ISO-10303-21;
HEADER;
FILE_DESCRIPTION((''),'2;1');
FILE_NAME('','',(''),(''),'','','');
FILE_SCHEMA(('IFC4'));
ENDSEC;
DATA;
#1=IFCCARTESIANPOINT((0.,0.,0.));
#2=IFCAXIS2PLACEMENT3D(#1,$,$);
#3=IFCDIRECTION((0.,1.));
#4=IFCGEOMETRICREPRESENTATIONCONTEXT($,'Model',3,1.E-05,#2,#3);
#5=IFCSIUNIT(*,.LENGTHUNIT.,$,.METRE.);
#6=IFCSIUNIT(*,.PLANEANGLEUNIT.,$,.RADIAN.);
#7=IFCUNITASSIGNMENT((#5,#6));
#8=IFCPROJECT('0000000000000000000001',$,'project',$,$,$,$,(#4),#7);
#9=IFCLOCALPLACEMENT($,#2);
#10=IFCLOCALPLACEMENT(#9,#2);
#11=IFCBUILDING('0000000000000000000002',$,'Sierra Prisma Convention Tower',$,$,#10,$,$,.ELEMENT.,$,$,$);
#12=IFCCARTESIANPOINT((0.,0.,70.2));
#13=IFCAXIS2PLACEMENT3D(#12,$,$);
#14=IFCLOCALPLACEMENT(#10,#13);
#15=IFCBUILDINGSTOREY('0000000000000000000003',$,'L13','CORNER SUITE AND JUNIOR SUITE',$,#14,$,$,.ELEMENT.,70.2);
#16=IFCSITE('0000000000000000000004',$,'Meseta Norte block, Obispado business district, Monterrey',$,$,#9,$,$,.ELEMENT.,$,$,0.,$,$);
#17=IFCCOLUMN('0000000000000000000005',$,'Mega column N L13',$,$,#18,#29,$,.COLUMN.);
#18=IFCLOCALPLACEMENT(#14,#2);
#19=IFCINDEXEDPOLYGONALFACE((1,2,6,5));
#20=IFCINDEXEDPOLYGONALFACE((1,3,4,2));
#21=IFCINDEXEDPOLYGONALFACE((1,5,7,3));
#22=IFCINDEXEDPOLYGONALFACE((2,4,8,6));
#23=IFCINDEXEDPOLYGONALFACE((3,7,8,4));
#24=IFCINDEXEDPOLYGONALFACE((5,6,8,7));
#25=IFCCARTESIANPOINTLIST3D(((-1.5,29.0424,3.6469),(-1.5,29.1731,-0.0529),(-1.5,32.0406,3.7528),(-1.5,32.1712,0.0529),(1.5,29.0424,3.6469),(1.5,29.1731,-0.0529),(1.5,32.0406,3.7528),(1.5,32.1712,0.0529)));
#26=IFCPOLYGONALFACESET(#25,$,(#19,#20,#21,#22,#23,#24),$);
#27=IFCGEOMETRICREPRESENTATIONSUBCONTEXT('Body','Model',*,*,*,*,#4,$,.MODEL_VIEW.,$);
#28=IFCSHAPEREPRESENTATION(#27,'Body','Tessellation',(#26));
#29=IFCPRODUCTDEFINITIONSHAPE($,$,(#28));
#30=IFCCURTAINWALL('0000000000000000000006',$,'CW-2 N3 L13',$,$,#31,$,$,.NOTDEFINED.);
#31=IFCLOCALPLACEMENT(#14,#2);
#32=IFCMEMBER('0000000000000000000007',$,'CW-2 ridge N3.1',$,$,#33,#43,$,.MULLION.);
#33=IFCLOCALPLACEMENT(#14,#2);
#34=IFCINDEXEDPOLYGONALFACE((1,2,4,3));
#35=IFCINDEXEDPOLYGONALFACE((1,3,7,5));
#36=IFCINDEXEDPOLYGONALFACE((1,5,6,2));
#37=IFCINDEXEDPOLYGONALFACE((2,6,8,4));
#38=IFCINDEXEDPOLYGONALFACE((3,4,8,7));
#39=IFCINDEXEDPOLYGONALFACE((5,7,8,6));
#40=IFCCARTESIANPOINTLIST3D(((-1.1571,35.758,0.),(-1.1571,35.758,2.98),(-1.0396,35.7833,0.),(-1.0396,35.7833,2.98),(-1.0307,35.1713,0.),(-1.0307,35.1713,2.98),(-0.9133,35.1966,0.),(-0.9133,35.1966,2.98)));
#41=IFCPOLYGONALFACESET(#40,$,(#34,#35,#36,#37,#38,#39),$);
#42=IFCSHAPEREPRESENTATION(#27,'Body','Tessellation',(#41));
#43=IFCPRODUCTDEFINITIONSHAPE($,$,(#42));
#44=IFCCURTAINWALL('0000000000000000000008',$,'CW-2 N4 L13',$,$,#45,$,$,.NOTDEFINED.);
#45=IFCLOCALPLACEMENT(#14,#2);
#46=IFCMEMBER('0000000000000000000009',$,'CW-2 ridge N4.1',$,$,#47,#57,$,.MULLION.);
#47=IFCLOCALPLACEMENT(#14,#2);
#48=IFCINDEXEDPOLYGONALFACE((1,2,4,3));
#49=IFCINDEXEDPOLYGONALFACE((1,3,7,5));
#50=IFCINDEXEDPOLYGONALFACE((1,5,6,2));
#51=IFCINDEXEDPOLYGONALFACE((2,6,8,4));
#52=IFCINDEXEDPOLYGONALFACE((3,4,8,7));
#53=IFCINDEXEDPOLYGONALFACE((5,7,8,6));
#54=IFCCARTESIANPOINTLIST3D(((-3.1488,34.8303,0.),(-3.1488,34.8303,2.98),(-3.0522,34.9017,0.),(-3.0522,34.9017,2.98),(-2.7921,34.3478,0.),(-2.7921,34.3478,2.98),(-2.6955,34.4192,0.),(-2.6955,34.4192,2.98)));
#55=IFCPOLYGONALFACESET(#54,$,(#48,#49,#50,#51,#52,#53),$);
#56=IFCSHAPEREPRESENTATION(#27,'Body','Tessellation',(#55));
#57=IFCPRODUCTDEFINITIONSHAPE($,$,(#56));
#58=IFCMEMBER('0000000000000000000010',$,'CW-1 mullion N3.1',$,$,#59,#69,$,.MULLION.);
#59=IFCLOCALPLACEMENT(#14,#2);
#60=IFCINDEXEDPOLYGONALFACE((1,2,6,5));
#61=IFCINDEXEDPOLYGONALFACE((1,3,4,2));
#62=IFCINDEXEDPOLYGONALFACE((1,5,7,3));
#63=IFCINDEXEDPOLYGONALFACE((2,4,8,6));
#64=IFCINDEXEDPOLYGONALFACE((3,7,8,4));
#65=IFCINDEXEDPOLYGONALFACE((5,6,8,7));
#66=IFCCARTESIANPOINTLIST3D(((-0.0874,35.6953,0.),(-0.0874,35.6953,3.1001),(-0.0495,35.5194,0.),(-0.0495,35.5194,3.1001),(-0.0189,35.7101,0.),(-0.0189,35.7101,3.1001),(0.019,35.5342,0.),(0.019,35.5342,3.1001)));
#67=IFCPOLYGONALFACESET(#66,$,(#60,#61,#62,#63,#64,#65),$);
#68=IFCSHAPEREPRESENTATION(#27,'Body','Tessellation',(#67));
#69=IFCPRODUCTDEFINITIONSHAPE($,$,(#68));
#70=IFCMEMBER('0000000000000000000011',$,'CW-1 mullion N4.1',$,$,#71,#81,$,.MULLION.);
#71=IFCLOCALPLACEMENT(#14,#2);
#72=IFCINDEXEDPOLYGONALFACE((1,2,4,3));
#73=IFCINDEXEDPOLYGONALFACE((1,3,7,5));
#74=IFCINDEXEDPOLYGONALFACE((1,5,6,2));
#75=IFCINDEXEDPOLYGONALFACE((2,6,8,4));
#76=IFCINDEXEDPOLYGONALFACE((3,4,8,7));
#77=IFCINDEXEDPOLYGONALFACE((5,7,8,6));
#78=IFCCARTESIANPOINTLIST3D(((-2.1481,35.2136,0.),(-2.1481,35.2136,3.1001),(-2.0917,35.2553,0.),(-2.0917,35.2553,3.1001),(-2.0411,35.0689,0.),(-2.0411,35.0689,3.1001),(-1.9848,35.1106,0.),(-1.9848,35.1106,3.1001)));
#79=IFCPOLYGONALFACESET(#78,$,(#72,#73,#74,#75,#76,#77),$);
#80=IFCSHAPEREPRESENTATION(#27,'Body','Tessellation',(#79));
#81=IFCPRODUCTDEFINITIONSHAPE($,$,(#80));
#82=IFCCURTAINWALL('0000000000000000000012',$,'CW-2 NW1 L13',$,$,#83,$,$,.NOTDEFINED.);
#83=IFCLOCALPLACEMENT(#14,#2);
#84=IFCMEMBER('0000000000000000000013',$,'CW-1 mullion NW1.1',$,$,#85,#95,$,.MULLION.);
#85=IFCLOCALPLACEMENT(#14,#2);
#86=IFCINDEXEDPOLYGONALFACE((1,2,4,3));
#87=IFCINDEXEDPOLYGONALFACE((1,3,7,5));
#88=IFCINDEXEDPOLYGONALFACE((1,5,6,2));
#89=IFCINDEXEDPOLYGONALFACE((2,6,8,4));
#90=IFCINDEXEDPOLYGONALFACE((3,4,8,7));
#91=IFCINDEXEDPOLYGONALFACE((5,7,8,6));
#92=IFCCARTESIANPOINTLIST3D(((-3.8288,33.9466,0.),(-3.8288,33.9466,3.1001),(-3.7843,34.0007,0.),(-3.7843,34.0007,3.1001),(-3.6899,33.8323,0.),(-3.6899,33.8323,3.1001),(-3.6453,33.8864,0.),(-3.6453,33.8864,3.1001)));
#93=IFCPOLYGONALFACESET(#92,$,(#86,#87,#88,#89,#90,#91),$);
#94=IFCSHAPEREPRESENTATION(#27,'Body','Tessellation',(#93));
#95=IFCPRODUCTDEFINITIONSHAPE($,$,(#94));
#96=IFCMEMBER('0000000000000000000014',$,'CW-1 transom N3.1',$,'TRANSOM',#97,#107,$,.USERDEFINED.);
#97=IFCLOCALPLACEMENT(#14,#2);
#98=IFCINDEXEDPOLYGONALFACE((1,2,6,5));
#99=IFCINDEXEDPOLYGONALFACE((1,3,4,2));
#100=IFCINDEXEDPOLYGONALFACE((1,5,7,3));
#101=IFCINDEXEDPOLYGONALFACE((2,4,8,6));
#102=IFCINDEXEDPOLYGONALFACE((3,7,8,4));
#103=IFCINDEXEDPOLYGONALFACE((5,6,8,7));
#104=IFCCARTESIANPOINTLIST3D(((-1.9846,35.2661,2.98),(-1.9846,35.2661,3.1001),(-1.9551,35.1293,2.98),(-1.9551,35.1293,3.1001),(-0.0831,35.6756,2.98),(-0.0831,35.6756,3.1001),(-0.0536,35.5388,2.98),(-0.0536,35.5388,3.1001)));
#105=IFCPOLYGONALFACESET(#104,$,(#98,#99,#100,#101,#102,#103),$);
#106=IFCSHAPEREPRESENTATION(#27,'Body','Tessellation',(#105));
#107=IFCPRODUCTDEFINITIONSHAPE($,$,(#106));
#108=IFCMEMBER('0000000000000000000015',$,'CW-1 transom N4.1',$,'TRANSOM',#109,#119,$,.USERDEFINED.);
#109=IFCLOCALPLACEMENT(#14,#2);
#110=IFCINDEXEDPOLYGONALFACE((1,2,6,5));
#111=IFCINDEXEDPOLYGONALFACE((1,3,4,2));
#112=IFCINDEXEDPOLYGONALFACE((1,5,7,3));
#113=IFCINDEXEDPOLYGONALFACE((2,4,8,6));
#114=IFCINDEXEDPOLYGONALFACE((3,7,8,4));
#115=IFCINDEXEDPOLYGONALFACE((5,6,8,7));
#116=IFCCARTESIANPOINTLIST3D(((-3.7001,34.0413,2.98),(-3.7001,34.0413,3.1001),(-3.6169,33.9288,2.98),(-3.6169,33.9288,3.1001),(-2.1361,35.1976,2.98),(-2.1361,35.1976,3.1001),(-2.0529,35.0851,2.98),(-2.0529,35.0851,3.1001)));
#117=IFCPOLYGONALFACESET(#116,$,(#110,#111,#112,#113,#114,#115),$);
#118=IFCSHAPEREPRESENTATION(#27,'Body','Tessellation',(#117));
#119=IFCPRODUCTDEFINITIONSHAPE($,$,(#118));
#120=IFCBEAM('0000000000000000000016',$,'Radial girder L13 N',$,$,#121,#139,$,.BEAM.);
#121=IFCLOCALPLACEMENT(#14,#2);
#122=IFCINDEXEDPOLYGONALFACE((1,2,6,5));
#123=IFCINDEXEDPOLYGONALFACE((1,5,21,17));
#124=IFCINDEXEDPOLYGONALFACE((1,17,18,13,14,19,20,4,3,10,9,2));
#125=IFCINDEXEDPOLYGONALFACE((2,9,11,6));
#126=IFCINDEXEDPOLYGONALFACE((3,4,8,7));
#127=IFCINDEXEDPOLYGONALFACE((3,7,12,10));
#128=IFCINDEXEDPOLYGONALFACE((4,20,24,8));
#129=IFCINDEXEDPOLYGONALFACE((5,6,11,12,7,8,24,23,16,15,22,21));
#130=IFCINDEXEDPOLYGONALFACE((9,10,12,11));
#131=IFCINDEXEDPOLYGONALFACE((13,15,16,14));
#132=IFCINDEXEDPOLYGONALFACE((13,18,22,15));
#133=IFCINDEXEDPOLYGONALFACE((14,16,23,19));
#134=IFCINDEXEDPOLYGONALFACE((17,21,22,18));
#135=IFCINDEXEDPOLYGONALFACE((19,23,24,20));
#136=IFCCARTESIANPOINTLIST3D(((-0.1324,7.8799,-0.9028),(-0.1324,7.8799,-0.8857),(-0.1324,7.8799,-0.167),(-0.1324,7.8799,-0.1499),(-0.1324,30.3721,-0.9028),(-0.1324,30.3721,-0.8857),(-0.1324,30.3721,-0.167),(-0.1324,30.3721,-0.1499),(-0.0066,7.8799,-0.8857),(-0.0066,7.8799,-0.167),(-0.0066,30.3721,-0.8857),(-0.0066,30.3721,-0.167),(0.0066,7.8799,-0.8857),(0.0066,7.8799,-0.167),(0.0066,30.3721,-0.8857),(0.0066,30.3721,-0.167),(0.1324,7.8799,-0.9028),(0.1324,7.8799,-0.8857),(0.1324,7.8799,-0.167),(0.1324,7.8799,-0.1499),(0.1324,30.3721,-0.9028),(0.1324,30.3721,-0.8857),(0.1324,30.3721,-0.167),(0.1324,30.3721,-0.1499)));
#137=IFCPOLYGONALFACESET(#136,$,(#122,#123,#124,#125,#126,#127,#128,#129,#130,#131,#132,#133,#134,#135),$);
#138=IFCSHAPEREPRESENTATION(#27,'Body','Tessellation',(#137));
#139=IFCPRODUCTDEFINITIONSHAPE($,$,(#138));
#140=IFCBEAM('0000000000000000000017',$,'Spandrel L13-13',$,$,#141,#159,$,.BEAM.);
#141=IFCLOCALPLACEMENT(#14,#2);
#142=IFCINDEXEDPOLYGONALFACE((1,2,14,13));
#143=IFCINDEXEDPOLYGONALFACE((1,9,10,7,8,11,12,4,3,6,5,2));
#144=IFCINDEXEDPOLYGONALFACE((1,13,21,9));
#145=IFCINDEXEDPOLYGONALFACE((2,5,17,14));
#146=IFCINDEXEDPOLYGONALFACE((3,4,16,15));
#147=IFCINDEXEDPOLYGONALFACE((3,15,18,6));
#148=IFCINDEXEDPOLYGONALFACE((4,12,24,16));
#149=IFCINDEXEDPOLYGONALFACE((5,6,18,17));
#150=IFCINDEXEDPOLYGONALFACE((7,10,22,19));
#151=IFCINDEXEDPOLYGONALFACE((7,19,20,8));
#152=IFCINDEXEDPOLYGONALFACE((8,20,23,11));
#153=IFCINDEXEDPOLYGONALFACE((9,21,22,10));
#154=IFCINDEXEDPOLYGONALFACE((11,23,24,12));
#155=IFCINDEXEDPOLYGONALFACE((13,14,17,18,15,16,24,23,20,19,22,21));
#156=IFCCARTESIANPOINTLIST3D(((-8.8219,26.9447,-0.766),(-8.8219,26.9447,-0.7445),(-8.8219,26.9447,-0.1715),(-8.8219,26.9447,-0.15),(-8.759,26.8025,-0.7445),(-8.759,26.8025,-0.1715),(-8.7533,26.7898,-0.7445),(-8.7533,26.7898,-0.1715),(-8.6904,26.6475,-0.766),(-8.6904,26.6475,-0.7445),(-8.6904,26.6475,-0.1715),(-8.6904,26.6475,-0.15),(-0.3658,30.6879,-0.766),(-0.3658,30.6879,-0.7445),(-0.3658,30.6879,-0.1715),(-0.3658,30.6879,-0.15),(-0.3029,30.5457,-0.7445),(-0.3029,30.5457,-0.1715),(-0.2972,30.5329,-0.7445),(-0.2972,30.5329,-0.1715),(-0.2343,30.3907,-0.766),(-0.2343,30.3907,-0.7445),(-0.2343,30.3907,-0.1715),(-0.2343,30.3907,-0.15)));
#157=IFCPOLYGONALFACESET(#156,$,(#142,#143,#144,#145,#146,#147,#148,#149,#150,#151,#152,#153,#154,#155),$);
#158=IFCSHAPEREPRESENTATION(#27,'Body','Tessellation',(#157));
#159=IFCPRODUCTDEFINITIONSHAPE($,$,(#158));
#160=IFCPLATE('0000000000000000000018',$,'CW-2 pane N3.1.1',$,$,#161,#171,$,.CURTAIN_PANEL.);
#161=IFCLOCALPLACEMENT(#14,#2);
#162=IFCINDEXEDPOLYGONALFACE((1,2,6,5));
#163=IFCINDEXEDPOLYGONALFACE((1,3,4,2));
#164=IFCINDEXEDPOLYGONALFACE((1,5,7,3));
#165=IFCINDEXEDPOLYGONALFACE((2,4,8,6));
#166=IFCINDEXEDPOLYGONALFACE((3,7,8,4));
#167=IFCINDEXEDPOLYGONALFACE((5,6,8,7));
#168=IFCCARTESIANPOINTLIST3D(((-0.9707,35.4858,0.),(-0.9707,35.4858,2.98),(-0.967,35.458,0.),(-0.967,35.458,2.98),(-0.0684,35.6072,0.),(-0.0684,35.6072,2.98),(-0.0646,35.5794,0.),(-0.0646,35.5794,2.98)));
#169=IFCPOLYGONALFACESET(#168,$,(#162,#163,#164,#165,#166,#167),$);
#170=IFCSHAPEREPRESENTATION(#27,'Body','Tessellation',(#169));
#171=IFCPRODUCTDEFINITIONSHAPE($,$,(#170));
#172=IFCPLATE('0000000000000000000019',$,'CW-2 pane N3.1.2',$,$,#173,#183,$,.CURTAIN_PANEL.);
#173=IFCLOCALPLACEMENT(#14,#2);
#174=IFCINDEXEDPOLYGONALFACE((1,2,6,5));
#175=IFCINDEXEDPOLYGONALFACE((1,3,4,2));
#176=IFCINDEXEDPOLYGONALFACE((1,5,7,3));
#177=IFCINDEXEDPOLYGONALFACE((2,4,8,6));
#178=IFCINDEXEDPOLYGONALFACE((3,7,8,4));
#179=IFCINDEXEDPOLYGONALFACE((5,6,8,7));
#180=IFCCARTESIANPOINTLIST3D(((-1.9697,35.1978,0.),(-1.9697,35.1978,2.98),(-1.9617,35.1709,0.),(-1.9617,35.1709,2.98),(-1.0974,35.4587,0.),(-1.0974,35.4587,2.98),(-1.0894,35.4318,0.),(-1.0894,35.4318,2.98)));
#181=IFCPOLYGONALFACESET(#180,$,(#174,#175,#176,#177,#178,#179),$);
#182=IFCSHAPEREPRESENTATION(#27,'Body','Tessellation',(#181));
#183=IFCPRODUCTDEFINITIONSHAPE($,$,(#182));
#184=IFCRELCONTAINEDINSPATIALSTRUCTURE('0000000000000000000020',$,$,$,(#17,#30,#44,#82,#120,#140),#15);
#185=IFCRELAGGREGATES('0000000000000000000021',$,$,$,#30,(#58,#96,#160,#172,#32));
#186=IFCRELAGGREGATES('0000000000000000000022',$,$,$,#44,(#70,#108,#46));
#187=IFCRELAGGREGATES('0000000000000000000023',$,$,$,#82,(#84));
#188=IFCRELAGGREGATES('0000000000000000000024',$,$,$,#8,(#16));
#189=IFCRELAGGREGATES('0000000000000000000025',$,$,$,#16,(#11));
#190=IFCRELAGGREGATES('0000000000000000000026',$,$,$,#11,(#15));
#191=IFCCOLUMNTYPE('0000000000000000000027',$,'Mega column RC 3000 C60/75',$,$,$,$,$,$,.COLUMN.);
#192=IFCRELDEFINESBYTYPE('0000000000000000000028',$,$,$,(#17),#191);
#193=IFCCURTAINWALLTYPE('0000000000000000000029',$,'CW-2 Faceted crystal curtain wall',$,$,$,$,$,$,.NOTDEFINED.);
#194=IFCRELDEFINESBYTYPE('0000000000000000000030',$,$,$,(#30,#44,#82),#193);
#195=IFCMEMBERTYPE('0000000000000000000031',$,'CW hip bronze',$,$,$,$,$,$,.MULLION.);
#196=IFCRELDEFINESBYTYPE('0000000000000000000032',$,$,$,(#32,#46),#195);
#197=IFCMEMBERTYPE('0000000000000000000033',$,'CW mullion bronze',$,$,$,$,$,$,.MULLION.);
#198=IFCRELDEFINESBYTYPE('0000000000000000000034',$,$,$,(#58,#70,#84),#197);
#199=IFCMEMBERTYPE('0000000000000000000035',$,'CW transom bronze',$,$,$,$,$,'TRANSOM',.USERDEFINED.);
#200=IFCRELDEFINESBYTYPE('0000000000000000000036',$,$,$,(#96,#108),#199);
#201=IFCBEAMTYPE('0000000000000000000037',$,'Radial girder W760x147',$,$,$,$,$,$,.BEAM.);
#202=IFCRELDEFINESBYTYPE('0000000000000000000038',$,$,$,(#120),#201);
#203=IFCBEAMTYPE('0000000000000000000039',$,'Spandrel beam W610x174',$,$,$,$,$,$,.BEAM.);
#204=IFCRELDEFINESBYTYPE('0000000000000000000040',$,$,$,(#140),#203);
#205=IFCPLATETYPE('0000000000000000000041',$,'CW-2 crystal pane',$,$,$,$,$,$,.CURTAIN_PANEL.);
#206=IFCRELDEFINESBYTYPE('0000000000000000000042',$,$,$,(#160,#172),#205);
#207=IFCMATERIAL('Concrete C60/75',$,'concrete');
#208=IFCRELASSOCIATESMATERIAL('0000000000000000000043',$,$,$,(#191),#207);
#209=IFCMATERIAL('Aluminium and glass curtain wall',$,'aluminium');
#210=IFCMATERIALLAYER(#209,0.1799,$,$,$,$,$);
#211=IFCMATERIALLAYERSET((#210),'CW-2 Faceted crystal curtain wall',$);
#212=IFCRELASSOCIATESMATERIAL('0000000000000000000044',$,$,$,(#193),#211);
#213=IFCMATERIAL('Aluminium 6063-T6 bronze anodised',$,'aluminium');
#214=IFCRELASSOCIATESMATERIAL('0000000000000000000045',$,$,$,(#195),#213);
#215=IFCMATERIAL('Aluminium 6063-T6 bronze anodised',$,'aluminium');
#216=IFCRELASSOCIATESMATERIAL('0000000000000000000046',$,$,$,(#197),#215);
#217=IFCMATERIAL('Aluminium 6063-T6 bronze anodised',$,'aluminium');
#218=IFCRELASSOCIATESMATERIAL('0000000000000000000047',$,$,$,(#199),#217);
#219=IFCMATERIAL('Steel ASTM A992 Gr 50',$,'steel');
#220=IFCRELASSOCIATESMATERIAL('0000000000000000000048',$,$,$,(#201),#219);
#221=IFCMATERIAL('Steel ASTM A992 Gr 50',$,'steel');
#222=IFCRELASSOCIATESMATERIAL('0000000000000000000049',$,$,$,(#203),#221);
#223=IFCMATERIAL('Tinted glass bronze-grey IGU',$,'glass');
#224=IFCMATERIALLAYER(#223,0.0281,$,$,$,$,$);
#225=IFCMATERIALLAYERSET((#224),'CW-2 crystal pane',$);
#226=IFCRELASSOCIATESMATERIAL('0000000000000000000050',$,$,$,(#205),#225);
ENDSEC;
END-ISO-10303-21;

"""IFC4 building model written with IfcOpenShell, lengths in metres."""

from ifc_helpers import new_model, si_unit, direction, frame, origin, origin_2d, place, context, subcontext, project, spatial, polyline, rectangle, i_section, outline, extrude, material, layer, layer_set, material_profile, profile_set, type_object, element, aggregate, save


model = new_model("IFC4")

# Units and contexts
model_context = context("Model", 3, precision=1e-05, world=origin(), true_north=direction((0.0, 1.0)))
body_context = subcontext(model_context, "Body", "Model", "MODEL_VIEW")
ifc_project = project(units=[si_unit("LENGTHUNIT", "METRE"), si_unit("PLANEANGLEUNIT", "RADIAN")], contexts=[model_context])

# Site, building, storey
site_placement = place(None, origin())
site = spatial("IfcSite", under=ifc_project, at=site_placement, Name="Meseta Norte block, Obispado business district, Monterrey", CompositionType="ELEMENT", RefElevation=0.0)
building_placement = place(site_placement, origin())
building = spatial("IfcBuilding", under=site, at=building_placement, Name="Sierra Prisma Convention Tower", CompositionType="ELEMENT")
storey_placement = place(building_placement, frame((0.0, 0.0, 70.2)))
storey = spatial("IfcBuildingStorey", under=building, at=storey_placement, Name="L13", Description="CORNER SUITE AND JUNIOR SUITE", CompositionType="ELEMENT", Elevation=70.2)

# Column
ifc_material_1 = material(Name="Concrete C60/75", Category="concrete")
ifc_material_profile_1 = material_profile(ifc_material_1, rectangle(XDim=3.0, YDim=3.0, at=origin_2d()), Name="Mega column RC 3000 C60/75")
ifc_profile_set_1 = profile_set([ifc_material_profile_1], Name="Concrete C60/75")
column_type = type_object("IfcColumnType", Name="Mega column RC 3000 C60/75", PredefinedType="COLUMN", material=ifc_profile_set_1)
column_placement = place(storey_placement, frame((0.0, 30.6721, 0.0), z_axis=(0.0, -0.03528, 0.999377), x_axis=(1.0, 0.0, 0.0)))
element("IfcColumn", 1, at=column_placement, inside=storey, type_object=column_type, Name="Mega column N L13", PredefinedType="COLUMN", context=body_context, shape_type="SweptSolid", body=[
    extrude(rectangle(XDim=3.0, YDim=3.0, at=origin_2d()), origin(), (0.0, 0.0, 1.0), 3.7021),
])

# Curtain walls, members
ifc_material_2 = material(Name="Aluminium and glass curtain wall", Category="aluminium")
ifc_layer_1 = layer(ifc_material_2, 0.1799)
ifc_layer_set_1 = layer_set([ifc_layer_1], Name="CW-2 Faceted crystal curtain wall")
curtain_wall_type = type_object("IfcCurtainWallType", Name="CW-2 Faceted crystal curtain wall", PredefinedType="NOTDEFINED", material=ifc_layer_set_1)
curtain_wall_1_placement = place(storey_placement, origin())
curtain_wall_1 = element("IfcCurtainWall", 2, at=curtain_wall_1_placement, inside=storey, type_object=curtain_wall_type, Name="CW-2 N3 L13", PredefinedType="NOTDEFINED")
ifc_material_3 = material(Name="Aluminium 6063-T6 bronze anodised", Category="aluminium")
ifc_material_profile_2 = material_profile(ifc_material_3, rectangle(XDim=0.1201, YDim=0.6001, at=origin_2d()), Name="ALU RIDGE BLADE 120x600")
ifc_profile_set_2 = profile_set([ifc_material_profile_2], Name="Aluminium 6063-T6 bronze anodised")
member_type_1 = type_object("IfcMemberType", Name="CW hip bronze", PredefinedType="MULLION", material=ifc_profile_set_2)
member_1_placement = place(storey_placement, frame((-1.0352, 35.4773, 0.0), z_axis=(0.0, 0.0, 1.0), x_axis=(-0.977571, -0.210605, 0.0)))
member_1 = element("IfcMember", 3, at=member_1_placement, type_object=member_type_1, Name="CW-2 ridge N3.1", PredefinedType="MULLION", context=body_context, shape_type="SweptSolid", body=[
    extrude(rectangle(XDim=0.1201, YDim=0.6001, at=origin_2d()), origin(), (0.0, 0.0, 1.0), 2.98),
])
curtain_wall_2_placement = place(storey_placement, origin())
curtain_wall_2 = element("IfcCurtainWall", 4, at=curtain_wall_2_placement, inside=storey, type_object=curtain_wall_type, Name="CW-2 N4 L13", PredefinedType="NOTDEFINED")
member_2_placement = place(storey_placement, frame((-2.9221, 34.6248, 0.0), z_axis=(0.0, 0.0, 1.0), x_axis=(-0.804133, -0.59445, 0.0)))
member_2 = element("IfcMember", 5, at=member_2_placement, type_object=member_type_1, Name="CW-2 ridge N4.1", PredefinedType="MULLION", context=body_context, shape_type="SweptSolid", body=[
    extrude(rectangle(XDim=0.1201, YDim=0.6001, at=origin_2d()), origin(), (0.0, 0.0, 1.0), 2.98),
])

# Members
ifc_material_4 = material(Name="Aluminium 6063-T6 bronze anodised", Category="aluminium")
ifc_material_profile_3 = material_profile(ifc_material_4, rectangle(XDim=0.1799, YDim=0.0701, at=origin_2d()), Name="ALU MULLION 70x180")
ifc_profile_set_3 = profile_set([ifc_material_profile_3], Name="Aluminium 6063-T6 bronze anodised")
member_type_2 = type_object("IfcMemberType", Name="CW mullion bronze", PredefinedType="MULLION", material=ifc_profile_set_3)
member_3_placement = place(storey_placement, frame((-0.0342, 35.6147, 0.0), z_axis=(0.0, 0.0, 1.0), x_axis=(0.210605, -0.977571, 0.0)))
member_3 = element("IfcMember", 6, at=member_3_placement, type_object=member_type_2, Name="CW-1 mullion N3.1", PredefinedType="MULLION", context=body_context, shape_type="SweptSolid", body=[
    extrude(rectangle(XDim=0.1799, YDim=0.0701, at=origin_2d()), origin(), (0.0, 0.0, 1.0), 3.1001),
])
member_4_placement = place(storey_placement, frame((-2.0664, 35.1621, 0.0), z_axis=(0.0, 0.0, 1.0), x_axis=(0.59445, -0.804133, 0.0)))
member_4 = element("IfcMember", 7, at=member_4_placement, type_object=member_type_2, Name="CW-1 mullion N4.1", PredefinedType="MULLION", context=body_context, shape_type="SweptSolid", body=[
    extrude(rectangle(XDim=0.1799, YDim=0.0701, at=origin_2d()), origin(), (0.0, 0.0, 1.0), 3.1001),
])

# Curtain wall, member
curtain_wall_3_placement = place(storey_placement, origin())
curtain_wall_3 = element("IfcCurtainWall", 8, at=curtain_wall_3_placement, inside=storey, type_object=curtain_wall_type, Name="CW-2 NW1 L13", PredefinedType="NOTDEFINED")
member_5_placement = place(storey_placement, frame((-3.7371, 33.9165, 0.0), z_axis=(0.0, 0.0, 1.0), x_axis=(0.772036, -0.635579, 0.0)))
member_5 = element("IfcMember", 9, at=member_5_placement, type_object=member_type_2, Name="CW-1 mullion NW1.1", PredefinedType="MULLION", context=body_context, shape_type="SweptSolid", body=[
    extrude(rectangle(XDim=0.1799, YDim=0.0701, at=origin_2d()), origin(), (0.0, 0.0, 1.0), 3.1001),
])

# Members
ifc_material_5 = material(Name="Aluminium 6063-T6 bronze anodised", Category="aluminium")
ifc_material_profile_4 = material_profile(ifc_material_5, rectangle(XDim=0.1399, YDim=0.1201, at=origin_2d()), Name="ALU TRANSOM 120x140")
ifc_profile_set_4 = profile_set([ifc_material_profile_4], Name="Aluminium 6063-T6 bronze anodised")
member_type_3 = type_object("IfcMemberType", Name="CW transom bronze", ElementType="TRANSOM", PredefinedType="USERDEFINED", material=ifc_profile_set_4)
member_6_placement = place(storey_placement, frame((-0.0684, 35.6072, 3.04), z_axis=(-0.977593, -0.210506, 0.0), x_axis=(0.210506, -0.977593, 0.0)))
member_6 = element("IfcMember", 10, at=member_6_placement, type_object=member_type_3, Name="CW-1 transom N3.1", ObjectType="TRANSOM", PredefinedType="USERDEFINED", context=body_context, shape_type="SweptSolid", body=[
    extrude(rectangle(XDim=0.1399, YDim=0.1201, at=origin_2d()), origin(), (0.0, 0.0, 1.0), 1.9451),
])
member_7_placement = place(storey_placement, frame((-2.0945, 35.1414, 3.04), z_axis=(-0.804108, -0.594483, 0.0), x_axis=(0.594483, -0.804108, 0.0)))
member_7 = element("IfcMember", 11, at=member_7_placement, type_object=member_type_3, Name="CW-1 transom N4.1", ObjectType="TRANSOM", PredefinedType="USERDEFINED", context=body_context, shape_type="SweptSolid", body=[
    extrude(rectangle(XDim=0.1399, YDim=0.1201, at=origin_2d()), origin(), (0.0, 0.0, 1.0), 1.9451),
])

# Beams
ifc_material_6 = material(Name="Steel ASTM A992 Gr 50", Category="steel")
ifc_material_profile_5 = material_profile(ifc_material_6, i_section(OverallWidth=0.2649, OverallDepth=0.7529, WebThickness=0.0132, FlangeThickness=0.0171, at=origin_2d()), Name="W760x147")
ifc_profile_set_5 = profile_set([ifc_material_profile_5], Name="Steel ASTM A992 Gr 50")
beam_type_1 = type_object("IfcBeamType", Name="Radial girder W760x147", PredefinedType="BEAM", material=ifc_profile_set_5)
beam_1_placement = place(storey_placement, frame((0.0, 30.3721, -0.5264), z_axis=(0.0, -1.0, 0.0), x_axis=(1.0, 0.0, 0.0)))
element("IfcBeam", 12, at=beam_1_placement, inside=storey, type_object=beam_type_1, Name="Radial girder L13 N", PredefinedType="BEAM", context=body_context, shape_type="SweptSolid", body=[
    extrude(i_section(OverallWidth=0.2649, OverallDepth=0.7529, WebThickness=0.0132, FlangeThickness=0.0171, at=origin_2d()), origin(), (0.0, 0.0, 1.0), 22.4922),
])
ifc_material_7 = material(Name="Steel ASTM A992 Gr 50", Category="steel")
ifc_material_profile_6 = material_profile(ifc_material_7, i_section(OverallWidth=0.325, OverallDepth=0.616, WebThickness=0.0139, FlangeThickness=0.0215, at=origin_2d()), Name="W610x174")
ifc_profile_set_6 = profile_set([ifc_material_profile_6], Name="Steel ASTM A992 Gr 50")
beam_type_2 = type_object("IfcBeamType", Name="Spandrel beam W610x174", PredefinedType="BEAM", material=ifc_profile_set_6)
beam_2_placement = place(storey_placement, frame((-0.3, 30.5393, -0.458), z_axis=(-0.914416, -0.404776, 0.0), x_axis=(0.404776, -0.914416, 0.0)))
element("IfcBeam", 13, at=beam_2_placement, inside=storey, type_object=beam_type_2, Name="Spandrel L13-13", PredefinedType="BEAM", context=body_context, shape_type="SweptSolid", body=[
    extrude(i_section(OverallWidth=0.325, OverallDepth=0.616, WebThickness=0.0139, FlangeThickness=0.0215, at=origin_2d()), origin(), (0.0, 0.0, 1.0), 9.2476),
])

# Plates
ifc_material_8 = material(Name="Tinted glass bronze-grey IGU", Category="glass")
ifc_layer_2 = layer(ifc_material_8, 0.0281)
ifc_layer_set_2 = layer_set([ifc_layer_2], Name="CW-2 crystal pane")
plate_type = type_object("IfcPlateType", Name="CW-2 crystal pane", PredefinedType="CURTAIN_PANEL", material=ifc_layer_set_2)
plate_1_placement = place(storey_placement, frame((-0.0684, 35.6072, 0.0), z_axis=(-0.13327, 0.99108, 0.0), x_axis=(-0.99108, -0.13327, 0.0)))
plate_1 = element("IfcPlate", 14, at=plate_1_placement, type_object=plate_type, Name="CW-2 pane N3.1.1", PredefinedType="CURTAIN_PANEL", context=body_context, shape_type="SweptSolid", body=[
    extrude(outline(polyline([(0.0, 0.0), (0.9105, 0.0), (0.9105, 2.98), (0.0, 2.98), (0.0, 0.0)])), origin(), (0.0, 0.0, -1.0), 0.0281),
])
plate_2_placement = place(storey_placement, frame((-1.9697, 35.1978, 0.0), z_axis=(-0.286634, 0.95804, 0.0), x_axis=(0.95804, 0.286634, 0.0)))
plate_2 = element("IfcPlate", 15, at=plate_2_placement, type_object=plate_type, Name="CW-2 pane N3.1.2", PredefinedType="CURTAIN_PANEL", context=body_context, shape_type="SweptSolid", body=[
    extrude(outline(polyline([(0.0, 0.0), (0.9105, 0.0), (0.9105, -2.98), (0.0, -2.98), (0.0, 0.0)])), origin(), (0.0, 0.0, -1.0), 0.0281),
])
aggregate(curtain_wall_1, [member_3, member_6, plate_1, plate_2, member_1])
aggregate(curtain_wall_2, [member_4, member_7, member_2])
aggregate(curtain_wall_3, [member_5])

save(model, "model.ifc")
